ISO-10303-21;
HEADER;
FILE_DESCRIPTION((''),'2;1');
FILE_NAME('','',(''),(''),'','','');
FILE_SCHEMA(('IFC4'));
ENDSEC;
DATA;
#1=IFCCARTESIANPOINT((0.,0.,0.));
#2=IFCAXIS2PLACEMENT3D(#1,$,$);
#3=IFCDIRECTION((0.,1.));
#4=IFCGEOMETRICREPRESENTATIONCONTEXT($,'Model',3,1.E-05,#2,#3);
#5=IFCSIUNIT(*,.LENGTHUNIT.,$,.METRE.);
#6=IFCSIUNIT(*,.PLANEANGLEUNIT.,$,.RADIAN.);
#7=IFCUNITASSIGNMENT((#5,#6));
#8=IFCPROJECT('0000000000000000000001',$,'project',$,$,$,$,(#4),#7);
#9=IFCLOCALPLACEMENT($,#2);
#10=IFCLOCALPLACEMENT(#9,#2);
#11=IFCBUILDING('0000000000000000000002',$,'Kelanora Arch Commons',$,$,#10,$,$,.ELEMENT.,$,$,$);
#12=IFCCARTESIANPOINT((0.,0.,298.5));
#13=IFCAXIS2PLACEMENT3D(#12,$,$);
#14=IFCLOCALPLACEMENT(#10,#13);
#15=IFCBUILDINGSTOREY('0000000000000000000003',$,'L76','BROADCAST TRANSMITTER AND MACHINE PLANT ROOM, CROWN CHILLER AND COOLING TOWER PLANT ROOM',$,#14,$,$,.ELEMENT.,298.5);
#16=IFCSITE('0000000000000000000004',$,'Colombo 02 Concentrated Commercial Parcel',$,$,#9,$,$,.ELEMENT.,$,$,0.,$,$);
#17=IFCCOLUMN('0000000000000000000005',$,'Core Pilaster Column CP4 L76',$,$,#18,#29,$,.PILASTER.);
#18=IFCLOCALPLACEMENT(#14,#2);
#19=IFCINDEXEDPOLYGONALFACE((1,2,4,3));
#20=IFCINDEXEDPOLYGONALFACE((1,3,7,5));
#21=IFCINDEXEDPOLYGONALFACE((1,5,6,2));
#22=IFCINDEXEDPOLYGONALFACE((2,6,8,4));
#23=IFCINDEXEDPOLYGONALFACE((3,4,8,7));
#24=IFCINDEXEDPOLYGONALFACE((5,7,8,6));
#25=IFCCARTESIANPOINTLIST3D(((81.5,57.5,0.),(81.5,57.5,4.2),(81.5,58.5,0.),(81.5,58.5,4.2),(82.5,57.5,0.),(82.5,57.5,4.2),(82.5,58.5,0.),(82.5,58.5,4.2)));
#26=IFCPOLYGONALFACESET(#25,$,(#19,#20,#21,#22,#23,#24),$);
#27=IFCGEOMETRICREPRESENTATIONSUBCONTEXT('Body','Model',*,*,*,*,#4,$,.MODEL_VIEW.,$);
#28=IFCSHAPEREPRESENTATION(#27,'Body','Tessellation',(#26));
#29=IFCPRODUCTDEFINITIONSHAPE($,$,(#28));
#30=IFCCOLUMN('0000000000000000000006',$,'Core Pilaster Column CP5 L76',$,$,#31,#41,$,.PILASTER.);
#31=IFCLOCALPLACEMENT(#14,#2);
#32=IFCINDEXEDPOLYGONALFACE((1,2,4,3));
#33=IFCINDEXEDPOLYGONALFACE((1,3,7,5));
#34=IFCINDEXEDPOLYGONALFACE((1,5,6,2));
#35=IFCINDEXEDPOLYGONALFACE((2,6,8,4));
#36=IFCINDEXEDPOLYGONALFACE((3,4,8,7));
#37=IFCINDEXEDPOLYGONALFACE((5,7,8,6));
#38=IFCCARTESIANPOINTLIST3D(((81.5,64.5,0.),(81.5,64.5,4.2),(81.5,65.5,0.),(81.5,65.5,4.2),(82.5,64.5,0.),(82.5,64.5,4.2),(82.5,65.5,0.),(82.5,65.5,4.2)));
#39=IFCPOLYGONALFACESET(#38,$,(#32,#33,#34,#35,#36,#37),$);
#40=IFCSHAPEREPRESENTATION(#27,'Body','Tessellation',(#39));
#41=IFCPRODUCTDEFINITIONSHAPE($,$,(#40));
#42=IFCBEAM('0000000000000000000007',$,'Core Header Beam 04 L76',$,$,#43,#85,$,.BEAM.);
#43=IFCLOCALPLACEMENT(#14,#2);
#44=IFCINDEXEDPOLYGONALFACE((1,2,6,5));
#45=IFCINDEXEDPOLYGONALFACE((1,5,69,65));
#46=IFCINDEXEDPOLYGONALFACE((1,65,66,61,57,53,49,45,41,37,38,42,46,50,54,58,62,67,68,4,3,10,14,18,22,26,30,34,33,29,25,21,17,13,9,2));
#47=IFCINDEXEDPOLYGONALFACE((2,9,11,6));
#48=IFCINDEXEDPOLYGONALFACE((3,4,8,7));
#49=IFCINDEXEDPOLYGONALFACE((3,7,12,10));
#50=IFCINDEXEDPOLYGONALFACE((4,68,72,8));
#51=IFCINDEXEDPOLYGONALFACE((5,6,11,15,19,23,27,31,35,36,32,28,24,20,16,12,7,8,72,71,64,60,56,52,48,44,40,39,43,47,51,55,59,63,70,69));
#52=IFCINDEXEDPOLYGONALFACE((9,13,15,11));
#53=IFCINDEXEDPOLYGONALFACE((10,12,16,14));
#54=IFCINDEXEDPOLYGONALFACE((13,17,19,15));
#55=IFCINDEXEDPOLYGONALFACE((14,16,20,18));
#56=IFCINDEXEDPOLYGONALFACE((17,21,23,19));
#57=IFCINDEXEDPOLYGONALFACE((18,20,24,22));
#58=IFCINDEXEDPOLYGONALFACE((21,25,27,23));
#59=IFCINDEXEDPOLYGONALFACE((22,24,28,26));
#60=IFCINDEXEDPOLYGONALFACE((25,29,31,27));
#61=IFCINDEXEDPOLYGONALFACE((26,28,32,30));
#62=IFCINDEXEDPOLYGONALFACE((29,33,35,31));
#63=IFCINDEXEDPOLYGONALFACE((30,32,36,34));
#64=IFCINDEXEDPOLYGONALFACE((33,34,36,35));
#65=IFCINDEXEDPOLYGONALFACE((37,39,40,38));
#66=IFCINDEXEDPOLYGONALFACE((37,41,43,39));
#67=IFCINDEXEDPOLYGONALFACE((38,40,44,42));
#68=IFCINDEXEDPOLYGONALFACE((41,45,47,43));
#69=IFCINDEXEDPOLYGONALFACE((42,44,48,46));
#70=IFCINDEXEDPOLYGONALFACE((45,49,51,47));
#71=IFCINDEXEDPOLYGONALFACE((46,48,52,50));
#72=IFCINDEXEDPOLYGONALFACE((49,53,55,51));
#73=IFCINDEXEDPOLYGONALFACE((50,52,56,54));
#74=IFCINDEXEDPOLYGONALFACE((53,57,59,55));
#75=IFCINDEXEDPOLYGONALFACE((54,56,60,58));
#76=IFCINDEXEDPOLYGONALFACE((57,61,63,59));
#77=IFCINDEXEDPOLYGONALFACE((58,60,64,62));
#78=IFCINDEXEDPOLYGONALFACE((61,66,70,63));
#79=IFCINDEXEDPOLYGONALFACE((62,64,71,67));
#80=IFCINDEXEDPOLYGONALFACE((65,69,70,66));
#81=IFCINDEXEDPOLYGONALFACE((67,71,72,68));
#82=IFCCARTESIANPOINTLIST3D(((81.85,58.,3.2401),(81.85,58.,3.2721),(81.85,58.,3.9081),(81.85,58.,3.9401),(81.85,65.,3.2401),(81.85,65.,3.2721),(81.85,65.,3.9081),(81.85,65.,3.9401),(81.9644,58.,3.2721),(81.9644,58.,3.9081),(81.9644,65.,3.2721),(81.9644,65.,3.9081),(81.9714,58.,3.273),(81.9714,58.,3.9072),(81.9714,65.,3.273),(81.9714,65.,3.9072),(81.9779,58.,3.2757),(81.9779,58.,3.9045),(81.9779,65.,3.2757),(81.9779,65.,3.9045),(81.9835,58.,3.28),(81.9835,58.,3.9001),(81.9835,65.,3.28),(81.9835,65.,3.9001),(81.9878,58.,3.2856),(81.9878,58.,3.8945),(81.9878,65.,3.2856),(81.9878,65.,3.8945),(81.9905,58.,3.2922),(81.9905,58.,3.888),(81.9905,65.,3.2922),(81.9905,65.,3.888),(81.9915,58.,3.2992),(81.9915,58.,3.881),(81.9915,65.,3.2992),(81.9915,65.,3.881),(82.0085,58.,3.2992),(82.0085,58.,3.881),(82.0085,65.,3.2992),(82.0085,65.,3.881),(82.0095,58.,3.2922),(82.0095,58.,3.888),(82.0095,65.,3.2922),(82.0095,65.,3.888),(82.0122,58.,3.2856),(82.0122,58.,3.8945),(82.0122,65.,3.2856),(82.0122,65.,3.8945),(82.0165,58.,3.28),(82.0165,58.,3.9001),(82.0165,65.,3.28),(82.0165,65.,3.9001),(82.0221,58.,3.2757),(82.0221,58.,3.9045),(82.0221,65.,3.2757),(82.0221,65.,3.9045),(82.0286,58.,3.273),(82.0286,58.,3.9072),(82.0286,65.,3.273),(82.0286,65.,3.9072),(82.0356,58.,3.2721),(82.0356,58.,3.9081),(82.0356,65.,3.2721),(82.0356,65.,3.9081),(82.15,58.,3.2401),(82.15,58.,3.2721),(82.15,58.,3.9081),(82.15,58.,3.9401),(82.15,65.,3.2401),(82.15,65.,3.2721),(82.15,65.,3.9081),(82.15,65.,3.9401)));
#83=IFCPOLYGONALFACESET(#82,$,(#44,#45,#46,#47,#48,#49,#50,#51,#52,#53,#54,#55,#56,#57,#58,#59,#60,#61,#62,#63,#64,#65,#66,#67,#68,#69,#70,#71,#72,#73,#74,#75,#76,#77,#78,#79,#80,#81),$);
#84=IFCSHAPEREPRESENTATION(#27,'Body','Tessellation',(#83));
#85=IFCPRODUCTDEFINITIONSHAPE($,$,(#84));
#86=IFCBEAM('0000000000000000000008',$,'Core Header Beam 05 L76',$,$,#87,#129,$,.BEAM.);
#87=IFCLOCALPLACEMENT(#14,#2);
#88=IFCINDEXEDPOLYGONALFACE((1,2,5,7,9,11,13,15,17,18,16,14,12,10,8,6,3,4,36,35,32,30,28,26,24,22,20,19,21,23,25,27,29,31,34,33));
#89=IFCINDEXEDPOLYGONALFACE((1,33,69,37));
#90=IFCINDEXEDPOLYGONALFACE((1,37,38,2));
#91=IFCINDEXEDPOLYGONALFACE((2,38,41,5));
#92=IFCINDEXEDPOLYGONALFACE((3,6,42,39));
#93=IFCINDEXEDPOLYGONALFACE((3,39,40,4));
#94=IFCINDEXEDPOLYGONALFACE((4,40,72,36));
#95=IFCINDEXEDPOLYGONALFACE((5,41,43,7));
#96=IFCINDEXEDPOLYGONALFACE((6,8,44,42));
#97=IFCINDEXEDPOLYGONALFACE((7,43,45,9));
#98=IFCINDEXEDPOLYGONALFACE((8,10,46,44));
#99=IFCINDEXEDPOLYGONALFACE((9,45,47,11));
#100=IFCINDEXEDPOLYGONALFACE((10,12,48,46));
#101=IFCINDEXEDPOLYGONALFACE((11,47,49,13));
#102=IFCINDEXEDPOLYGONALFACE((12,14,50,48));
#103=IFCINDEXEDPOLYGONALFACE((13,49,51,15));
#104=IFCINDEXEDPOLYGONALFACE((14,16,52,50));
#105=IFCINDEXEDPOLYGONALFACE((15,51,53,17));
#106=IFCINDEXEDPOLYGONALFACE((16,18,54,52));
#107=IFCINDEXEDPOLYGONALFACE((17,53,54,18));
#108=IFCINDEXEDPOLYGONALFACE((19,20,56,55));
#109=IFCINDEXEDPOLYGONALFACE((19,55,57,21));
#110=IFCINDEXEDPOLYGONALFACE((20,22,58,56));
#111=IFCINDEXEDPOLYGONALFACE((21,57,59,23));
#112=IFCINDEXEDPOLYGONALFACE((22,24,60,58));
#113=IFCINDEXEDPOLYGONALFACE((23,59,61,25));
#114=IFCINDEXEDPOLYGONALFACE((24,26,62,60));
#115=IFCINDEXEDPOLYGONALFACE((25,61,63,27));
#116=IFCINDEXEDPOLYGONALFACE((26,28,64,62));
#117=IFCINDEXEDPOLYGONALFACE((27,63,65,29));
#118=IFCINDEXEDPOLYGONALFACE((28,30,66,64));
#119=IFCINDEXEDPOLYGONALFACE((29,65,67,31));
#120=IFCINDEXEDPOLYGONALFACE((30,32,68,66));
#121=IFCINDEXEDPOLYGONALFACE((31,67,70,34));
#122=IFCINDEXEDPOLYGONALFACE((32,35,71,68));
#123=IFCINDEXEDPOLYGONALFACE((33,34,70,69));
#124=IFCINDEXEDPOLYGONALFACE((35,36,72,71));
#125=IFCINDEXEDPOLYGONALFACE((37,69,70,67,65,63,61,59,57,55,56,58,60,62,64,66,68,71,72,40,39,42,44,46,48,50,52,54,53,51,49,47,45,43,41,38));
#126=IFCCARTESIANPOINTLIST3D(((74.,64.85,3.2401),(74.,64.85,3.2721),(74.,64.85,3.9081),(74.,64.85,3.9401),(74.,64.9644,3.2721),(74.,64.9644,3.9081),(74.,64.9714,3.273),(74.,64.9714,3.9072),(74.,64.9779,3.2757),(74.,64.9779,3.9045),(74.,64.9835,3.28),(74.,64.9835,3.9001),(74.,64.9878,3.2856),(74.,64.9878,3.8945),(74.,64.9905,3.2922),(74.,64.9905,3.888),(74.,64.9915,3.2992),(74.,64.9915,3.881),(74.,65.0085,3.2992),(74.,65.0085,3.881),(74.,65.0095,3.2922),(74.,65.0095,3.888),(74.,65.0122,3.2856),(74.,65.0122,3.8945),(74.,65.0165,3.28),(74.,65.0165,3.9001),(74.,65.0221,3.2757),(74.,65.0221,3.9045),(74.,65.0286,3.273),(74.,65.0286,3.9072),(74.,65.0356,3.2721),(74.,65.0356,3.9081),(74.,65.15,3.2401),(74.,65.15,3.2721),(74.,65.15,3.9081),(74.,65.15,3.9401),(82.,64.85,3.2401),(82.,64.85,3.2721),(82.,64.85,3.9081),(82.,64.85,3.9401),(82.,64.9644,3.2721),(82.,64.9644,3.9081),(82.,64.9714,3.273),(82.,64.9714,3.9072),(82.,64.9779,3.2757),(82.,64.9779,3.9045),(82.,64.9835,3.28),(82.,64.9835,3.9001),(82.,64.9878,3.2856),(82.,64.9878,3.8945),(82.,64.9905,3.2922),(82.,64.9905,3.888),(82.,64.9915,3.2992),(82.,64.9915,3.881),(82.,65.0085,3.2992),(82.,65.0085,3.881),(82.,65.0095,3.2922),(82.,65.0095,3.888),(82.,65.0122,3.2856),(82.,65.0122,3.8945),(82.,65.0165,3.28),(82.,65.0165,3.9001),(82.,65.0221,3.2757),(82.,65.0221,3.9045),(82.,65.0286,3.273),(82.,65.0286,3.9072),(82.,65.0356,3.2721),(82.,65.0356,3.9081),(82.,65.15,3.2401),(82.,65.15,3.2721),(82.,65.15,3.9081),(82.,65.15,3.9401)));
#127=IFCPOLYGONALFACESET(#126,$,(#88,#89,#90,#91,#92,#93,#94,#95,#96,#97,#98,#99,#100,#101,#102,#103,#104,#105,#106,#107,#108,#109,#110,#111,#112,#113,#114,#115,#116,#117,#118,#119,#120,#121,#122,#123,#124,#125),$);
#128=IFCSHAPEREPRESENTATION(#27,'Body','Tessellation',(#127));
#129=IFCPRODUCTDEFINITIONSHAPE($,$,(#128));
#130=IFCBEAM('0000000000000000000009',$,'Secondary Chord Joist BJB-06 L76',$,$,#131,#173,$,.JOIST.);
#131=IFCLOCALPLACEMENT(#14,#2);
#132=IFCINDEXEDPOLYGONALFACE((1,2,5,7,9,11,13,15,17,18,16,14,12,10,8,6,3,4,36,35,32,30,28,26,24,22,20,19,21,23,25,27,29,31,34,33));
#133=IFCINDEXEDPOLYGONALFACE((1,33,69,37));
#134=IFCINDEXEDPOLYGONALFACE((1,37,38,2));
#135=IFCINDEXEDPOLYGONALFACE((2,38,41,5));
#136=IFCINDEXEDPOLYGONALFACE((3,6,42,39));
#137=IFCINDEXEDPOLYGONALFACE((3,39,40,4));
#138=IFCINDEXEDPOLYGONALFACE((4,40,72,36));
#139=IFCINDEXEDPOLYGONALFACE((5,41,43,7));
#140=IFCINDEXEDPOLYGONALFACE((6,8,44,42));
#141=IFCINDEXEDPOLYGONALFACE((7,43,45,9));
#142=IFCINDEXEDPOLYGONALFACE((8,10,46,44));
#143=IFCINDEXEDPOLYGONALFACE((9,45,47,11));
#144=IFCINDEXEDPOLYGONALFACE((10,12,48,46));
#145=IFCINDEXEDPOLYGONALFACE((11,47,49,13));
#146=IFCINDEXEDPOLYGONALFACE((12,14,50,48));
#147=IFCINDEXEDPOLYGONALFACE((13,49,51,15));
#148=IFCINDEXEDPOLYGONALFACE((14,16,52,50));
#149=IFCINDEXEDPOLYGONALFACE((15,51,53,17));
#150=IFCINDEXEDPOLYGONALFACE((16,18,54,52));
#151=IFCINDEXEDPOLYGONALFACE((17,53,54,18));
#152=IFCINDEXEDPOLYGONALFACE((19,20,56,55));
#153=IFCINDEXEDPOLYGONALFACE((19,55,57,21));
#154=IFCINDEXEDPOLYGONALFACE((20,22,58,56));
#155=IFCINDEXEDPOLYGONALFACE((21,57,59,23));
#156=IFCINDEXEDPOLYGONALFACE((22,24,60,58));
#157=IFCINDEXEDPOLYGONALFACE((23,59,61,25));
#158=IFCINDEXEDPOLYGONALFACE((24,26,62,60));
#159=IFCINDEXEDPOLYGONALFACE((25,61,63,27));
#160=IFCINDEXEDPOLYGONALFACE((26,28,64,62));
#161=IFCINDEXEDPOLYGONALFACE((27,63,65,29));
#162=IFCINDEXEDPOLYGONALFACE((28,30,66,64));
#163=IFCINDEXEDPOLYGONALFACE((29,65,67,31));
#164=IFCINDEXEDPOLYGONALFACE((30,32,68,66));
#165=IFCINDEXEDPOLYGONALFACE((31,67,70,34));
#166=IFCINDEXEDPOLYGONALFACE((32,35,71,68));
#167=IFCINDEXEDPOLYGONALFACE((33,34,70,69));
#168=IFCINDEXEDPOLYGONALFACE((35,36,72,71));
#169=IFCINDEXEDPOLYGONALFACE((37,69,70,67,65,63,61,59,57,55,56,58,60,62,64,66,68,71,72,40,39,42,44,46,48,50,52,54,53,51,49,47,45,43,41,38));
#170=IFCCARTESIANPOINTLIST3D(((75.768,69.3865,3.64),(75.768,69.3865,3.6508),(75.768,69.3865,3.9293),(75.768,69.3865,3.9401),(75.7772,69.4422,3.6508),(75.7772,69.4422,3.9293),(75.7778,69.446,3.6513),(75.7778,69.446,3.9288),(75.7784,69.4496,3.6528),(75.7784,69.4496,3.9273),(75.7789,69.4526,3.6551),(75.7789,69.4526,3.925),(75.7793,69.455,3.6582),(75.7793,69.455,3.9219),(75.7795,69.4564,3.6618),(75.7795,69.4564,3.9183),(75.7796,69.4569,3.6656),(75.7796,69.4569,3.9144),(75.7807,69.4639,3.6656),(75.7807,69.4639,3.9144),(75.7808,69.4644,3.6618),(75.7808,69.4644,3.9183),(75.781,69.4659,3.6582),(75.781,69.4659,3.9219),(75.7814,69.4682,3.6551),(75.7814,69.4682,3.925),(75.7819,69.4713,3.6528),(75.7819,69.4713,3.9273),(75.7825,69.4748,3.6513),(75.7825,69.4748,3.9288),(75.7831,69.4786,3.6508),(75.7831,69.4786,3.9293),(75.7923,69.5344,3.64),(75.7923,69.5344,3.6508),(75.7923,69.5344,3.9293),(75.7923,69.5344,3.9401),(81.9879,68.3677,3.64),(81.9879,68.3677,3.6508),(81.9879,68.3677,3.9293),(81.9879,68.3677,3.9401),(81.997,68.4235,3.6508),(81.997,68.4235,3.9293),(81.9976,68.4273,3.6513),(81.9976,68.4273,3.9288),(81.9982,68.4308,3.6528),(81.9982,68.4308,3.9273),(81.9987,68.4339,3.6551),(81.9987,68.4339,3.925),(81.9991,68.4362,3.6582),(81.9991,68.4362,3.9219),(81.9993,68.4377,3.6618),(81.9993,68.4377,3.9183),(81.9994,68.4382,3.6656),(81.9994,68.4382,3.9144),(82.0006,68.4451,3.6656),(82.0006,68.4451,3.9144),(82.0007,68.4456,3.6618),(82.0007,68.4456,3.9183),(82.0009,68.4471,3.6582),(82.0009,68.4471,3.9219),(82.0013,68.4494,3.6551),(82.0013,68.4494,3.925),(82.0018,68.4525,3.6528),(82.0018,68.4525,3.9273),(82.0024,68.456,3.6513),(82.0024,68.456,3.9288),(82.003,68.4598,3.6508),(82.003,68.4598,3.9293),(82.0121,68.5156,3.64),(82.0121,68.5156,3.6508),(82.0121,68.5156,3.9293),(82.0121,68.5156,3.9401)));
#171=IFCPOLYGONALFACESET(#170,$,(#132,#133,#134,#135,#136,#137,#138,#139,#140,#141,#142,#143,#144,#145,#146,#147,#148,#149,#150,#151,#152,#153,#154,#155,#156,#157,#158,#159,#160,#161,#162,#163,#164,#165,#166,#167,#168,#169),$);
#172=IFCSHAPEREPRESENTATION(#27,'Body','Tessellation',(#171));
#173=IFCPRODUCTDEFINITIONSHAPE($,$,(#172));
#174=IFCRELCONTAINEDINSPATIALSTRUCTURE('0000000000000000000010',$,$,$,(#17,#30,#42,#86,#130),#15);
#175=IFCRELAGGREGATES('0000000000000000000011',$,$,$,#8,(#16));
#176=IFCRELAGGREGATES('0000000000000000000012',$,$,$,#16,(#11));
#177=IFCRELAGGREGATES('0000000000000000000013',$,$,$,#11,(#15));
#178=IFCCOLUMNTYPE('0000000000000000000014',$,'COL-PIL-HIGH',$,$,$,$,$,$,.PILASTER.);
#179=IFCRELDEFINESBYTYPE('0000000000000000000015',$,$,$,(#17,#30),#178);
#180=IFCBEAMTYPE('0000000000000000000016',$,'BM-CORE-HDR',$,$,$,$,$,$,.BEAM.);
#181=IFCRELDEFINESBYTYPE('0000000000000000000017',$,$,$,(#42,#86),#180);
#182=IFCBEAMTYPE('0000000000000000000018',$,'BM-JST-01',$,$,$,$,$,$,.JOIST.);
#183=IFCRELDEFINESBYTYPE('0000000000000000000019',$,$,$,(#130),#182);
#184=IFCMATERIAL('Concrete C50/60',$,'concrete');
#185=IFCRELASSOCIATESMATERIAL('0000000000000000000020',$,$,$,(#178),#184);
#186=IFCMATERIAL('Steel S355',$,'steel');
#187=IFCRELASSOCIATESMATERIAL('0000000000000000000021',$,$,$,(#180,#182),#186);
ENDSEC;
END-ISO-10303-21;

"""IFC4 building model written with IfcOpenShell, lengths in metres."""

from ifc_helpers import new_model, si_unit, direction, frame, origin, origin_2d, place, context, subcontext, project, spatial, rectangle, i_section, extrude, material, material_profile, profile_set, type_object, element, save


model = new_model("IFC4")

# Units and contexts
model_context = context("Model", 3, precision=1e-05, world=origin(), true_north=direction((0.0, 1.0)))
body_context = subcontext(model_context, "Body", "Model", "MODEL_VIEW")
ifc_project = project(units=[si_unit("LENGTHUNIT", "METRE"), si_unit("PLANEANGLEUNIT", "RADIAN")], contexts=[model_context])

# Site, building, storey
site_placement = place(None, origin())
site = spatial("IfcSite", under=ifc_project, at=site_placement, Name="Colombo 02 Concentrated Commercial Parcel", CompositionType="ELEMENT", RefElevation=0.0)
building_placement = place(site_placement, origin())
building = spatial("IfcBuilding", under=site, at=building_placement, Name="Kelanora Arch Commons", CompositionType="ELEMENT")
storey_placement = place(building_placement, frame((0.0, 0.0, 298.5)))
storey = spatial("IfcBuildingStorey", under=building, at=storey_placement, Name="L76", Description="BROADCAST TRANSMITTER AND MACHINE PLANT ROOM, CROWN CHILLER AND COOLING TOWER PLANT ROOM", CompositionType="ELEMENT", Elevation=298.5)

# Columns
ifc_material_1 = material(Name="Concrete C50/60", Category="concrete")
ifc_material_profile_1 = material_profile(ifc_material_1, rectangle(XDim=1.0, YDim=1.0, at=origin_2d()), Name="RC1000x1000")
ifc_profile_set_1 = profile_set([ifc_material_profile_1], Name="Concrete C50/60")
column_type = type_object("IfcColumnType", Name="COL-PIL-HIGH", PredefinedType="PILASTER", material=ifc_profile_set_1)
for number, where, z_axis, x_axis, name in (
    (1, (82.0, 58.0, 0.0), (0.0, 0.0, 1.0), (1.0, 0.0, 0.0), "Core Pilaster Column CP4 L76"),
    (2, (82.0, 65.0, 0.0), (0.0, 0.0, 1.0), (1.0, 0.0, 0.0), "Core Pilaster Column CP5 L76"),
):
    element("IfcColumn", number, at=place(storey_placement, frame(where, z_axis=z_axis, x_axis=x_axis)), inside=storey, type_object=column_type, Name=name, PredefinedType="PILASTER", context=body_context, shape_type="SweptSolid", body=[
        extrude(rectangle(XDim=1.0, YDim=1.0, at=origin_2d()), origin(), (0.0, 0.0, 1.0), 4.2),
    ])

# Beams
ifc_material_2 = material(Name="Steel S355", Category="steel")
ifc_material_profile_2 = material_profile(ifc_material_2, i_section(OverallWidth=0.3, OverallDepth=0.7, WebThickness=0.0171, FlangeThickness=0.032, FilletRadius=0.0271, at=origin_2d()), Name="HEB700")
ifc_profile_set_2 = profile_set([ifc_material_profile_2], Name="Steel S355")
beam_type_1 = type_object("IfcBeamType", Name="BM-CORE-HDR", PredefinedType="BEAM", material=ifc_profile_set_2)
beam_1_placement = place(storey_placement, frame((82.0, 58.0, 3.5901), z_axis=(0.0, 1.0, 0.0), x_axis=(-1.0, 0.0, 0.0)))
element("IfcBeam", 3, at=beam_1_placement, inside=storey, type_object=beam_type_1, Name="Core Header Beam 04 L76", PredefinedType="BEAM", context=body_context, shape_type="SweptSolid", body=[
    extrude(i_section(OverallWidth=0.3, OverallDepth=0.7, WebThickness=0.0171, FlangeThickness=0.032, FilletRadius=0.0271, at=origin_2d()), origin(), (0.0, 0.0, 1.0), 7.0),
])
beam_2_placement = place(storey_placement, frame((82.0, 65.0, 3.5901), z_axis=(-1.0, 0.0, 0.0), x_axis=(0.0, -1.0, 0.0)))
element("IfcBeam", 4, at=beam_2_placement, inside=storey, type_object=beam_type_1, Name="Core Header Beam 05 L76", PredefinedType="BEAM", context=body_context, shape_type="SweptSolid", body=[
    extrude(i_section(OverallWidth=0.3, OverallDepth=0.7, WebThickness=0.0171, FlangeThickness=0.032, FilletRadius=0.0271, at=origin_2d()), origin(), (0.0, 0.0, 1.0), 8.0),
])
ifc_material_profile_3 = material_profile(ifc_material_2, i_section(OverallWidth=0.1499, OverallDepth=0.3, WebThickness=0.0071, FlangeThickness=0.0107, FilletRadius=0.0149, at=origin_2d()), Name="IPE300")
ifc_profile_set_3 = profile_set([ifc_material_profile_3], Name="Steel S355")
beam_type_2 = type_object("IfcBeamType", Name="BM-JST-01", PredefinedType="JOIST", material=ifc_profile_set_3)
beam_3_placement = place(storey_placement, frame((82.0, 68.4417, 3.79), z_axis=(-0.98685, 0.161641, 0.0), x_axis=(-0.161641, -0.98685, 0.0)))
element("IfcBeam", 5, at=beam_3_placement, inside=storey, type_object=beam_type_2, Name="Secondary Chord Joist BJB-06 L76", PredefinedType="JOIST", context=body_context, shape_type="SweptSolid", body=[
    extrude(i_section(OverallWidth=0.1499, OverallDepth=0.3, WebThickness=0.0071, FlangeThickness=0.0107, FilletRadius=0.0149, at=origin_2d()), origin(), (0.0, 0.0, 1.0), 6.3027),
])

save(model, "model.ifc")
